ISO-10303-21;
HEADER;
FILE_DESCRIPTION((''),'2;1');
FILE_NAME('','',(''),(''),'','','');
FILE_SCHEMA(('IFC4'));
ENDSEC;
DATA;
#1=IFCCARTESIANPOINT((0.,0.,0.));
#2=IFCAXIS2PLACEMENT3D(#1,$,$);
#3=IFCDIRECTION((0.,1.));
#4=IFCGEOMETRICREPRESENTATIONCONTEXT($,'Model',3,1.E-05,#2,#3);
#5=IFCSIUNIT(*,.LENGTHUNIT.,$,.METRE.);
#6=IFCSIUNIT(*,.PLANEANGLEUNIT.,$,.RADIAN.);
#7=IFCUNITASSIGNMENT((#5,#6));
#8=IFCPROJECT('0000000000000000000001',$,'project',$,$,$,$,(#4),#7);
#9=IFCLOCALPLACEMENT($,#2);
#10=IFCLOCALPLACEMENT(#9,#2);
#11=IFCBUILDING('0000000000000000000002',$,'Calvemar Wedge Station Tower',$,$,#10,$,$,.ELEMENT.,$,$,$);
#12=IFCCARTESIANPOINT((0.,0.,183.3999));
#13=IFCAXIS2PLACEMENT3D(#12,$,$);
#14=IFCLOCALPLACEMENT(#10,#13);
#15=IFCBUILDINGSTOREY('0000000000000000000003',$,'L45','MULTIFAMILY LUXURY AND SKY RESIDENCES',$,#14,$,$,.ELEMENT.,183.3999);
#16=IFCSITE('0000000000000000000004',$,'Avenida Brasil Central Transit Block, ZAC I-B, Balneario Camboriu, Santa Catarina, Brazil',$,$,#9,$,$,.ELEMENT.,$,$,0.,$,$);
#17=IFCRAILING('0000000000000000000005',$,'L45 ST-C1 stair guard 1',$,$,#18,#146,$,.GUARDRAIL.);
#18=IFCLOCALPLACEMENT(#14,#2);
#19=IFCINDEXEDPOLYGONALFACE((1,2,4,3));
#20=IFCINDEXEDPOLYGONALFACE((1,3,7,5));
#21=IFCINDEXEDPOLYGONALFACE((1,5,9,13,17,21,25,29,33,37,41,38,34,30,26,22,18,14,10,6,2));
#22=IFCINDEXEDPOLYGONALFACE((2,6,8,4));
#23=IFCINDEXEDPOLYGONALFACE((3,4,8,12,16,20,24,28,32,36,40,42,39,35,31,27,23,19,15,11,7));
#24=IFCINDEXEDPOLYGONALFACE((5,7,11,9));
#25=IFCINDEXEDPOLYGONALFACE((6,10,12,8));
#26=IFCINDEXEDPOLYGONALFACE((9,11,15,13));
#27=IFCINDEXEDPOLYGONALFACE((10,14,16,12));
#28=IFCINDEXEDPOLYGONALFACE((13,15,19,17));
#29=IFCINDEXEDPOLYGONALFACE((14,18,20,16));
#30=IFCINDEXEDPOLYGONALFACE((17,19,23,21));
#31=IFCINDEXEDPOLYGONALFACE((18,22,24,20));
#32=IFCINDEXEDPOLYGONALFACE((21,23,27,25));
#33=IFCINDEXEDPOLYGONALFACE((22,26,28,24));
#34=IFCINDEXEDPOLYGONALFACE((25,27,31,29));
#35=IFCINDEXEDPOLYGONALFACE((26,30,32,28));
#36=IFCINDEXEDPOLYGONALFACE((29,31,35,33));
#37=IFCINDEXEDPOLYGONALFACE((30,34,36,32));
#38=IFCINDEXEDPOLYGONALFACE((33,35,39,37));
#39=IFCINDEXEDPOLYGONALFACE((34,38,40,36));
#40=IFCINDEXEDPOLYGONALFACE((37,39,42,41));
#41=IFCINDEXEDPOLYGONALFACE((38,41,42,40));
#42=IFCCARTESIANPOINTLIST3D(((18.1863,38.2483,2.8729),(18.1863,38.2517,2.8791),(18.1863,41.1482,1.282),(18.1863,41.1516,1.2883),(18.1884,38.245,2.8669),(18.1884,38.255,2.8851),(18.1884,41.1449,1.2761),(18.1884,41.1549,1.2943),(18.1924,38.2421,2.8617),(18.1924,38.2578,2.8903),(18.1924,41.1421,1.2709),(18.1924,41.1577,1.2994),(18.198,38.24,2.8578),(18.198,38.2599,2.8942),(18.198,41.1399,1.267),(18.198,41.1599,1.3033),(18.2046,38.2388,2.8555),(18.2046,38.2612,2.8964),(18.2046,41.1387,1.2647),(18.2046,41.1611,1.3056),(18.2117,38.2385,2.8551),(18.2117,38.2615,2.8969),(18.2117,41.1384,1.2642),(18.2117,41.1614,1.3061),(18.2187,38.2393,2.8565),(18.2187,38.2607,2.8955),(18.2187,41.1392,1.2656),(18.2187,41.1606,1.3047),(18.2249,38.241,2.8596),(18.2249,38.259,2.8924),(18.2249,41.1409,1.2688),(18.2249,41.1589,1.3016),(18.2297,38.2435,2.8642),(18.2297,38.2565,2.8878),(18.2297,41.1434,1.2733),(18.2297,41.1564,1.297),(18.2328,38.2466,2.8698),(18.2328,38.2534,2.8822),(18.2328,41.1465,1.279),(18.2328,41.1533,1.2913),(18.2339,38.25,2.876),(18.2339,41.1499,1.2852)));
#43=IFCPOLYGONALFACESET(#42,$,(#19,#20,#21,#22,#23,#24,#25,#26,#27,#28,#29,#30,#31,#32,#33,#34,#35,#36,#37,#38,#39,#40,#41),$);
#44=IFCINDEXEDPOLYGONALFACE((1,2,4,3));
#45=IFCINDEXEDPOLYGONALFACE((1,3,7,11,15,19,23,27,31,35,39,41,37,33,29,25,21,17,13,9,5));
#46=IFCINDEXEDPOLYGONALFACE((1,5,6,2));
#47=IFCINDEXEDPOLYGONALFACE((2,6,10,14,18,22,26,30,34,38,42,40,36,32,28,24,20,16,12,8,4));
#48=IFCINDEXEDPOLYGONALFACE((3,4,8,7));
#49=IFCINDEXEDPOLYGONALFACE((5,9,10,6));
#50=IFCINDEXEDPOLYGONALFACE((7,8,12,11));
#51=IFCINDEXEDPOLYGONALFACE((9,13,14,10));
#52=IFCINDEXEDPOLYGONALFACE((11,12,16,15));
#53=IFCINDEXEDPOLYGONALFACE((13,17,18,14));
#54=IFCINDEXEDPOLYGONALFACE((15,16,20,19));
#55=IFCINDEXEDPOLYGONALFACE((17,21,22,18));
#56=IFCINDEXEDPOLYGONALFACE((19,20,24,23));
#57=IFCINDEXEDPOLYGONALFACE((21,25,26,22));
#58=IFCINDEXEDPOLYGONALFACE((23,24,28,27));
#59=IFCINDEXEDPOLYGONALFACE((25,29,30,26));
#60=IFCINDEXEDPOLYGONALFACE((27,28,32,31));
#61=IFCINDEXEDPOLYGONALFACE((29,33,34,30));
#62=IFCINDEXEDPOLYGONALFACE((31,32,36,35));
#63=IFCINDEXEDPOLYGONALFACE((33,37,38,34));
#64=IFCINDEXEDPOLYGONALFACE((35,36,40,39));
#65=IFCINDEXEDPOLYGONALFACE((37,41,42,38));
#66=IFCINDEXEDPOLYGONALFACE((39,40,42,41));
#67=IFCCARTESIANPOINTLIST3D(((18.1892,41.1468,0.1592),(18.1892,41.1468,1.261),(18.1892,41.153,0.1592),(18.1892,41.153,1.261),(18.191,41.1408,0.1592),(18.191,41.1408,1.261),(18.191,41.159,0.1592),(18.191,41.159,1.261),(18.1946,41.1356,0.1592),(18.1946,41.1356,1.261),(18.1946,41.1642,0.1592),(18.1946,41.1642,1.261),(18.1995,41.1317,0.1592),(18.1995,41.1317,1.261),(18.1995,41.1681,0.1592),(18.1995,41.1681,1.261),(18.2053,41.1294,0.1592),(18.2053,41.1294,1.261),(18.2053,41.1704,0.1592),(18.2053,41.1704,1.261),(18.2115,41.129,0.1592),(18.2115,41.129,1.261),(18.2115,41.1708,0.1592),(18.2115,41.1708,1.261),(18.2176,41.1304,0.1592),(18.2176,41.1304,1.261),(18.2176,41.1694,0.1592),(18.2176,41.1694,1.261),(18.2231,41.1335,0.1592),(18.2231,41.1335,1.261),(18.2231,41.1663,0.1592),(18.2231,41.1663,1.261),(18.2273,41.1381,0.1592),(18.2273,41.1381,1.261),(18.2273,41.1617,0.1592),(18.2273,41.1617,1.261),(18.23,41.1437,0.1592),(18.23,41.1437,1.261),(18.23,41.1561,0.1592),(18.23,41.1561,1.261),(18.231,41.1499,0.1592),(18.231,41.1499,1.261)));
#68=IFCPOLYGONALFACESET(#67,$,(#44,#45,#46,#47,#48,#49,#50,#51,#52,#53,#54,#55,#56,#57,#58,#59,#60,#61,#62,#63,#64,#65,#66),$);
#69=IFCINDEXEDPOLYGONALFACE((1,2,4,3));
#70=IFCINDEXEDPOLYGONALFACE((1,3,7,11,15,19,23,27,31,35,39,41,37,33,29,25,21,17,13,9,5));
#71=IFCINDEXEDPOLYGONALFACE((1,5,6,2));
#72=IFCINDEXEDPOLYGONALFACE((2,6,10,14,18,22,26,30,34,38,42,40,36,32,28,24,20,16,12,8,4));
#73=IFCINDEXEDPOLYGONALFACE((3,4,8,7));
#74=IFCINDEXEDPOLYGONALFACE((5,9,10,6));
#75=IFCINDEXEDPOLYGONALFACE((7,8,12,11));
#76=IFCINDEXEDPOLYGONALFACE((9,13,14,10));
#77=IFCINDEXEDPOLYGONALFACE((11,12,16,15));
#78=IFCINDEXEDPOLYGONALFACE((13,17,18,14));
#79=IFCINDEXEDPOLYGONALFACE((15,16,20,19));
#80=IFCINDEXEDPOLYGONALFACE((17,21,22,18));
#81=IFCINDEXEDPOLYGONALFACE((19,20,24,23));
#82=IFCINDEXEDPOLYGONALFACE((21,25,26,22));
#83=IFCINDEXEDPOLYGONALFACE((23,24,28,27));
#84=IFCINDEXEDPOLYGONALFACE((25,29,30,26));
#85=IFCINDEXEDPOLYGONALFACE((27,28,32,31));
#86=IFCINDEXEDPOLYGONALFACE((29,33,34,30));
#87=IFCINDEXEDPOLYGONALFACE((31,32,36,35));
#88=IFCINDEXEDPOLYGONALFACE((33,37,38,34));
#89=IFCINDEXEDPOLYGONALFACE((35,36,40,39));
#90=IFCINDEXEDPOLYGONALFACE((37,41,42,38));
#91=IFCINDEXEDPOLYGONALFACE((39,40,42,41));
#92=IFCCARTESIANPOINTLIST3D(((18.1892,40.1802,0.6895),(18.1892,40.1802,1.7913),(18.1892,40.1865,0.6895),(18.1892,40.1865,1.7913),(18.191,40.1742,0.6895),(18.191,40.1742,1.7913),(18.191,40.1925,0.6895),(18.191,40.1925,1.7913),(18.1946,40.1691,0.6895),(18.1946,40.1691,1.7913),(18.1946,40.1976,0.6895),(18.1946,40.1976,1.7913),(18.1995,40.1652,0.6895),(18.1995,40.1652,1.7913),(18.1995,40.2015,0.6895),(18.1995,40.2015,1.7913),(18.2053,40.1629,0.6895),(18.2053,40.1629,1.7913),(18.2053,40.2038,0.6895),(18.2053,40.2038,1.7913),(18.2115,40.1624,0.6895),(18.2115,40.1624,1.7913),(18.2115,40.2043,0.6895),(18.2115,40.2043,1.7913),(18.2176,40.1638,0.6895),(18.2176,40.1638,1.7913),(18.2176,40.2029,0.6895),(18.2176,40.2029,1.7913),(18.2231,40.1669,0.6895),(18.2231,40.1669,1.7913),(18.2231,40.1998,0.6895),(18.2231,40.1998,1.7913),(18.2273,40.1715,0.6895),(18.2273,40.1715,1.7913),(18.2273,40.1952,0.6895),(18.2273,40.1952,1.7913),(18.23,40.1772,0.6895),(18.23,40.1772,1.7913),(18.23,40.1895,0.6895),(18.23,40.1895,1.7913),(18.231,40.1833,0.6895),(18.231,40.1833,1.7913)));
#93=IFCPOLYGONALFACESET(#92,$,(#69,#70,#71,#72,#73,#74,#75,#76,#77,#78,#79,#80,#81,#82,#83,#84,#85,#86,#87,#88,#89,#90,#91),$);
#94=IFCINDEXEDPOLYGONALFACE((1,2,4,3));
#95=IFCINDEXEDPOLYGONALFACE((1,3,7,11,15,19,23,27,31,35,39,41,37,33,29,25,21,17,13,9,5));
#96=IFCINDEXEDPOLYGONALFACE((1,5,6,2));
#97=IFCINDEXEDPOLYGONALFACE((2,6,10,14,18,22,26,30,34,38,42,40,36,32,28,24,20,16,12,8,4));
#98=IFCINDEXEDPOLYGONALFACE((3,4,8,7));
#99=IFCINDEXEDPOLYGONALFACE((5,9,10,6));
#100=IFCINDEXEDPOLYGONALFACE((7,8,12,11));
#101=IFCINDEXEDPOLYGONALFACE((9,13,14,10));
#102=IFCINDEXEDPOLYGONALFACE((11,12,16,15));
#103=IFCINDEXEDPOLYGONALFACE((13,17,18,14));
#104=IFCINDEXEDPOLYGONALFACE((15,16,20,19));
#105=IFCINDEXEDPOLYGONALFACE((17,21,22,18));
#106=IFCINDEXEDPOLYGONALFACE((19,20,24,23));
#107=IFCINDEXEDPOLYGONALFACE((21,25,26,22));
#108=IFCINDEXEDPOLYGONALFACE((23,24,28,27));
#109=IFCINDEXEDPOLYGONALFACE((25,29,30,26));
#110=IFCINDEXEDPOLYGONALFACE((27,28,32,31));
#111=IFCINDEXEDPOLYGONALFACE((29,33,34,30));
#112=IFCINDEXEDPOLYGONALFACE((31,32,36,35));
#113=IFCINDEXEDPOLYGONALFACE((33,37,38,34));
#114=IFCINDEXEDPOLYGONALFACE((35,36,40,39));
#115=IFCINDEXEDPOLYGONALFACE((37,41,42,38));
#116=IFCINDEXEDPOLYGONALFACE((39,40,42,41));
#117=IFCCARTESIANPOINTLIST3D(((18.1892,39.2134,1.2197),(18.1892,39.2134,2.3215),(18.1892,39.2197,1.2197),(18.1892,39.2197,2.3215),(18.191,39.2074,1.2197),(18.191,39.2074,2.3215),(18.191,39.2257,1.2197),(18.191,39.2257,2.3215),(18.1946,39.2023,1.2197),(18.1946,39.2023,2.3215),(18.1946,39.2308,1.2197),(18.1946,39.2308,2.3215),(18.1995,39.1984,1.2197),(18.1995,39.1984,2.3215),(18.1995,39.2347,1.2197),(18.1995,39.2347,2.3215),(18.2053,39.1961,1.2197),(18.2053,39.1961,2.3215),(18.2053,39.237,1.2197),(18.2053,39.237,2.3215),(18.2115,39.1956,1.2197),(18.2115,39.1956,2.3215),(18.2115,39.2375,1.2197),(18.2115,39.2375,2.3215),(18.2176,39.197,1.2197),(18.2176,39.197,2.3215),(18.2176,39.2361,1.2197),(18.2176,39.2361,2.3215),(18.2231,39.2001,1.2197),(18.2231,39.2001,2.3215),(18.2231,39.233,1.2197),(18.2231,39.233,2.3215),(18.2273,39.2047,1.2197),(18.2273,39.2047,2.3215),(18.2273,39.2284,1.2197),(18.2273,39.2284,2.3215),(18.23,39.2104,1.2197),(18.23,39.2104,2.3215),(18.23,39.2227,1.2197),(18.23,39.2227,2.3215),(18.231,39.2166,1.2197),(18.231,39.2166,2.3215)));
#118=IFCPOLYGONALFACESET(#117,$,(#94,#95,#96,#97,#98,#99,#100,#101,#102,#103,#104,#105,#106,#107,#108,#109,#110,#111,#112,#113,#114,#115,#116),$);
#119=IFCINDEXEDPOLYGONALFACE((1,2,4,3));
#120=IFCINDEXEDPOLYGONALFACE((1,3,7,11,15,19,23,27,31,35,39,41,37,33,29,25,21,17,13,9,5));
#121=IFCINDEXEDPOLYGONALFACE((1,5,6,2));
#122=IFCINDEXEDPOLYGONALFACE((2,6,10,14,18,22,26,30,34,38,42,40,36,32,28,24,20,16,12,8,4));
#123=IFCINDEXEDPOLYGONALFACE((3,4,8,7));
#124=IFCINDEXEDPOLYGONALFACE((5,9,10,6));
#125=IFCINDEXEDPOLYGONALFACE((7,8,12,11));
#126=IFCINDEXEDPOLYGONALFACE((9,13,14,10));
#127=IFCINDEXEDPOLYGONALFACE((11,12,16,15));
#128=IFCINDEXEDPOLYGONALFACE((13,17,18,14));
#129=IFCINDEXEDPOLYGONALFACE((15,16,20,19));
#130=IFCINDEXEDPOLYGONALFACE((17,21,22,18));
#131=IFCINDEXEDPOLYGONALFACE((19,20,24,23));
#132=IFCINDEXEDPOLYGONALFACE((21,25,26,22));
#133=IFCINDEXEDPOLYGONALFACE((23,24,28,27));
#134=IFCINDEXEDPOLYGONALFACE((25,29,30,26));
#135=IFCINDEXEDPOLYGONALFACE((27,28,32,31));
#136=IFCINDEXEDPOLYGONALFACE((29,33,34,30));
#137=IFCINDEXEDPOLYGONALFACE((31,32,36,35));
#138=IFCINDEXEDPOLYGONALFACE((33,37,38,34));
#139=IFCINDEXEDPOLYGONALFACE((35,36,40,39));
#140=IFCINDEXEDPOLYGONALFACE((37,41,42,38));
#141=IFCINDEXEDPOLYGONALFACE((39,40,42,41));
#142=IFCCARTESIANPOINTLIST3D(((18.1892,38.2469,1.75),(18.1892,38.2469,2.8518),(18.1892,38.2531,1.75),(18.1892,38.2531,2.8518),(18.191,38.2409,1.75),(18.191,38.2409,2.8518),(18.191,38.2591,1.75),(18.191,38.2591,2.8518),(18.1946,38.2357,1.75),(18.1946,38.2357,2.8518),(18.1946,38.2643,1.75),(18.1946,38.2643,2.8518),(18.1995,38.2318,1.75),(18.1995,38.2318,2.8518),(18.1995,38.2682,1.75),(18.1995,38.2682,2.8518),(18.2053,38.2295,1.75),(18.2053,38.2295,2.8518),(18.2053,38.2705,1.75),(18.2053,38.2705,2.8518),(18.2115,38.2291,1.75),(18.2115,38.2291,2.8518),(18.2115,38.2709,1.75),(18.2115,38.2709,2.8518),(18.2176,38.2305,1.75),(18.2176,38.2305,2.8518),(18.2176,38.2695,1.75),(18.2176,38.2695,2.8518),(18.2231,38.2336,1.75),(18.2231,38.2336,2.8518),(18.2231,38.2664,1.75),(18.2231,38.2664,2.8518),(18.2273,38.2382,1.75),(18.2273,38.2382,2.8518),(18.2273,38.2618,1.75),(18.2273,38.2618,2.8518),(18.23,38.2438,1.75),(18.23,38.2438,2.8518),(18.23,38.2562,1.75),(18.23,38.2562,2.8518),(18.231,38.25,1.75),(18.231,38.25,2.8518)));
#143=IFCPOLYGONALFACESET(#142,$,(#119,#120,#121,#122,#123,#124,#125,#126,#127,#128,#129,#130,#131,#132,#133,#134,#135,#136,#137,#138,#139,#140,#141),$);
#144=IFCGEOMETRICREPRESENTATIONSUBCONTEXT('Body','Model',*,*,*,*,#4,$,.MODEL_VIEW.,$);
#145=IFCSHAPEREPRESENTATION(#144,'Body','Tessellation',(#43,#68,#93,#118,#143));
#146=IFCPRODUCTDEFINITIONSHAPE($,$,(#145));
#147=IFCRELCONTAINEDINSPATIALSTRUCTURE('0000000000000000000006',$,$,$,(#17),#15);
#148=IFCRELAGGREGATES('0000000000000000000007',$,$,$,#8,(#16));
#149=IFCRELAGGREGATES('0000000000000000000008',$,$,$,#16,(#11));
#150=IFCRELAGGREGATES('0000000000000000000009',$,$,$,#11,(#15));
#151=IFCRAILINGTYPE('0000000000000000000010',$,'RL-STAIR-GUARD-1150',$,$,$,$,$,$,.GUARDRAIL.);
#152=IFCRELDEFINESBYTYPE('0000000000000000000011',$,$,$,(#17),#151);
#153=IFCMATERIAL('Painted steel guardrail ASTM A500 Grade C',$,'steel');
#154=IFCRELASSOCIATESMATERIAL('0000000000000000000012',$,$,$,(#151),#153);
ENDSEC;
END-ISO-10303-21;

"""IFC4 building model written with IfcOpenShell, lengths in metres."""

from ifc_helpers import new_model, si_unit, direction, frame, origin, origin_2d, place, context, subcontext, project, spatial, circle, extrude, material, type_object, element, save


model = new_model("IFC4")

# Units and contexts
model_context = context("Model", 3, precision=1e-05, world=origin(), true_north=direction((0.0, 1.0)))
body_context = subcontext(model_context, "Body", "Model", "MODEL_VIEW")
ifc_project = project(units=[si_unit("LENGTHUNIT", "METRE"), si_unit("PLANEANGLEUNIT", "RADIAN")], contexts=[model_context])

# Site, building, storey
site_placement = place(None, origin())
site = spatial("IfcSite", under=ifc_project, at=site_placement, Name="Avenida Brasil Central Transit Block, ZAC I-B, Balneario Camboriu, Santa Catarina, Brazil", CompositionType="ELEMENT", RefElevation=0.0)
building_placement = place(site_placement, origin())
building = spatial("IfcBuilding", under=site, at=building_placement, Name="Calvemar Wedge Station Tower", CompositionType="ELEMENT")
storey_placement = place(building_placement, frame((0.0, 0.0, 183.3999)))
storey = spatial("IfcBuildingStorey", under=building, at=storey_placement, Name="L45", Description="MULTIFAMILY LUXURY AND SKY RESIDENCES", CompositionType="ELEMENT", Elevation=183.3999)

# Railing
ifc_material_1 = material(Name="Painted steel guardrail ASTM A500 Grade C", Category="steel")
railing_type_1 = type_object("IfcRailingType", Name="RL-STAIR-GUARD-1150", PredefinedType="GUARDRAIL", material=ifc_material_1)
railing_1_placement = place(storey_placement, frame((18.21, 41.1499, 0.1592)))
element("IfcRailing", 1, at=railing_1_placement, inside=storey, type_object=railing_type_1, Name="L45 ST-C1 stair guard 1", PredefinedType="GUARDRAIL", context=body_context, shape_type="SweptSolid", body=[
    extrude(circle(Radius=0.0239, at=origin_2d()), frame((0.0, 0.0, 1.126), z_axis=(0.0, -0.876742, 0.480961), x_axis=(1.0, 0.0, 0.0)), (0.0, 0.0, 1.0), 3.3076),
    extrude(circle(Radius=0.021, at=origin_2d()), origin(), (0.0, 0.0, 1.0), 1.1018),
    extrude(circle(Radius=0.021, at=origin_2d()), frame((0.0, -0.9666, 0.5303)), (0.0, 0.0, 1.0), 1.1018),
    extrude(circle(Radius=0.021, at=origin_2d()), frame((0.0, -1.9333, 1.0605)), (0.0, 0.0, 1.0), 1.1018),
    extrude(circle(Radius=0.021, at=origin_2d()), frame((0.0, -2.8999, 1.5908)), (0.0, 0.0, 1.0), 1.1018),
])

save(model, "model.ifc")
